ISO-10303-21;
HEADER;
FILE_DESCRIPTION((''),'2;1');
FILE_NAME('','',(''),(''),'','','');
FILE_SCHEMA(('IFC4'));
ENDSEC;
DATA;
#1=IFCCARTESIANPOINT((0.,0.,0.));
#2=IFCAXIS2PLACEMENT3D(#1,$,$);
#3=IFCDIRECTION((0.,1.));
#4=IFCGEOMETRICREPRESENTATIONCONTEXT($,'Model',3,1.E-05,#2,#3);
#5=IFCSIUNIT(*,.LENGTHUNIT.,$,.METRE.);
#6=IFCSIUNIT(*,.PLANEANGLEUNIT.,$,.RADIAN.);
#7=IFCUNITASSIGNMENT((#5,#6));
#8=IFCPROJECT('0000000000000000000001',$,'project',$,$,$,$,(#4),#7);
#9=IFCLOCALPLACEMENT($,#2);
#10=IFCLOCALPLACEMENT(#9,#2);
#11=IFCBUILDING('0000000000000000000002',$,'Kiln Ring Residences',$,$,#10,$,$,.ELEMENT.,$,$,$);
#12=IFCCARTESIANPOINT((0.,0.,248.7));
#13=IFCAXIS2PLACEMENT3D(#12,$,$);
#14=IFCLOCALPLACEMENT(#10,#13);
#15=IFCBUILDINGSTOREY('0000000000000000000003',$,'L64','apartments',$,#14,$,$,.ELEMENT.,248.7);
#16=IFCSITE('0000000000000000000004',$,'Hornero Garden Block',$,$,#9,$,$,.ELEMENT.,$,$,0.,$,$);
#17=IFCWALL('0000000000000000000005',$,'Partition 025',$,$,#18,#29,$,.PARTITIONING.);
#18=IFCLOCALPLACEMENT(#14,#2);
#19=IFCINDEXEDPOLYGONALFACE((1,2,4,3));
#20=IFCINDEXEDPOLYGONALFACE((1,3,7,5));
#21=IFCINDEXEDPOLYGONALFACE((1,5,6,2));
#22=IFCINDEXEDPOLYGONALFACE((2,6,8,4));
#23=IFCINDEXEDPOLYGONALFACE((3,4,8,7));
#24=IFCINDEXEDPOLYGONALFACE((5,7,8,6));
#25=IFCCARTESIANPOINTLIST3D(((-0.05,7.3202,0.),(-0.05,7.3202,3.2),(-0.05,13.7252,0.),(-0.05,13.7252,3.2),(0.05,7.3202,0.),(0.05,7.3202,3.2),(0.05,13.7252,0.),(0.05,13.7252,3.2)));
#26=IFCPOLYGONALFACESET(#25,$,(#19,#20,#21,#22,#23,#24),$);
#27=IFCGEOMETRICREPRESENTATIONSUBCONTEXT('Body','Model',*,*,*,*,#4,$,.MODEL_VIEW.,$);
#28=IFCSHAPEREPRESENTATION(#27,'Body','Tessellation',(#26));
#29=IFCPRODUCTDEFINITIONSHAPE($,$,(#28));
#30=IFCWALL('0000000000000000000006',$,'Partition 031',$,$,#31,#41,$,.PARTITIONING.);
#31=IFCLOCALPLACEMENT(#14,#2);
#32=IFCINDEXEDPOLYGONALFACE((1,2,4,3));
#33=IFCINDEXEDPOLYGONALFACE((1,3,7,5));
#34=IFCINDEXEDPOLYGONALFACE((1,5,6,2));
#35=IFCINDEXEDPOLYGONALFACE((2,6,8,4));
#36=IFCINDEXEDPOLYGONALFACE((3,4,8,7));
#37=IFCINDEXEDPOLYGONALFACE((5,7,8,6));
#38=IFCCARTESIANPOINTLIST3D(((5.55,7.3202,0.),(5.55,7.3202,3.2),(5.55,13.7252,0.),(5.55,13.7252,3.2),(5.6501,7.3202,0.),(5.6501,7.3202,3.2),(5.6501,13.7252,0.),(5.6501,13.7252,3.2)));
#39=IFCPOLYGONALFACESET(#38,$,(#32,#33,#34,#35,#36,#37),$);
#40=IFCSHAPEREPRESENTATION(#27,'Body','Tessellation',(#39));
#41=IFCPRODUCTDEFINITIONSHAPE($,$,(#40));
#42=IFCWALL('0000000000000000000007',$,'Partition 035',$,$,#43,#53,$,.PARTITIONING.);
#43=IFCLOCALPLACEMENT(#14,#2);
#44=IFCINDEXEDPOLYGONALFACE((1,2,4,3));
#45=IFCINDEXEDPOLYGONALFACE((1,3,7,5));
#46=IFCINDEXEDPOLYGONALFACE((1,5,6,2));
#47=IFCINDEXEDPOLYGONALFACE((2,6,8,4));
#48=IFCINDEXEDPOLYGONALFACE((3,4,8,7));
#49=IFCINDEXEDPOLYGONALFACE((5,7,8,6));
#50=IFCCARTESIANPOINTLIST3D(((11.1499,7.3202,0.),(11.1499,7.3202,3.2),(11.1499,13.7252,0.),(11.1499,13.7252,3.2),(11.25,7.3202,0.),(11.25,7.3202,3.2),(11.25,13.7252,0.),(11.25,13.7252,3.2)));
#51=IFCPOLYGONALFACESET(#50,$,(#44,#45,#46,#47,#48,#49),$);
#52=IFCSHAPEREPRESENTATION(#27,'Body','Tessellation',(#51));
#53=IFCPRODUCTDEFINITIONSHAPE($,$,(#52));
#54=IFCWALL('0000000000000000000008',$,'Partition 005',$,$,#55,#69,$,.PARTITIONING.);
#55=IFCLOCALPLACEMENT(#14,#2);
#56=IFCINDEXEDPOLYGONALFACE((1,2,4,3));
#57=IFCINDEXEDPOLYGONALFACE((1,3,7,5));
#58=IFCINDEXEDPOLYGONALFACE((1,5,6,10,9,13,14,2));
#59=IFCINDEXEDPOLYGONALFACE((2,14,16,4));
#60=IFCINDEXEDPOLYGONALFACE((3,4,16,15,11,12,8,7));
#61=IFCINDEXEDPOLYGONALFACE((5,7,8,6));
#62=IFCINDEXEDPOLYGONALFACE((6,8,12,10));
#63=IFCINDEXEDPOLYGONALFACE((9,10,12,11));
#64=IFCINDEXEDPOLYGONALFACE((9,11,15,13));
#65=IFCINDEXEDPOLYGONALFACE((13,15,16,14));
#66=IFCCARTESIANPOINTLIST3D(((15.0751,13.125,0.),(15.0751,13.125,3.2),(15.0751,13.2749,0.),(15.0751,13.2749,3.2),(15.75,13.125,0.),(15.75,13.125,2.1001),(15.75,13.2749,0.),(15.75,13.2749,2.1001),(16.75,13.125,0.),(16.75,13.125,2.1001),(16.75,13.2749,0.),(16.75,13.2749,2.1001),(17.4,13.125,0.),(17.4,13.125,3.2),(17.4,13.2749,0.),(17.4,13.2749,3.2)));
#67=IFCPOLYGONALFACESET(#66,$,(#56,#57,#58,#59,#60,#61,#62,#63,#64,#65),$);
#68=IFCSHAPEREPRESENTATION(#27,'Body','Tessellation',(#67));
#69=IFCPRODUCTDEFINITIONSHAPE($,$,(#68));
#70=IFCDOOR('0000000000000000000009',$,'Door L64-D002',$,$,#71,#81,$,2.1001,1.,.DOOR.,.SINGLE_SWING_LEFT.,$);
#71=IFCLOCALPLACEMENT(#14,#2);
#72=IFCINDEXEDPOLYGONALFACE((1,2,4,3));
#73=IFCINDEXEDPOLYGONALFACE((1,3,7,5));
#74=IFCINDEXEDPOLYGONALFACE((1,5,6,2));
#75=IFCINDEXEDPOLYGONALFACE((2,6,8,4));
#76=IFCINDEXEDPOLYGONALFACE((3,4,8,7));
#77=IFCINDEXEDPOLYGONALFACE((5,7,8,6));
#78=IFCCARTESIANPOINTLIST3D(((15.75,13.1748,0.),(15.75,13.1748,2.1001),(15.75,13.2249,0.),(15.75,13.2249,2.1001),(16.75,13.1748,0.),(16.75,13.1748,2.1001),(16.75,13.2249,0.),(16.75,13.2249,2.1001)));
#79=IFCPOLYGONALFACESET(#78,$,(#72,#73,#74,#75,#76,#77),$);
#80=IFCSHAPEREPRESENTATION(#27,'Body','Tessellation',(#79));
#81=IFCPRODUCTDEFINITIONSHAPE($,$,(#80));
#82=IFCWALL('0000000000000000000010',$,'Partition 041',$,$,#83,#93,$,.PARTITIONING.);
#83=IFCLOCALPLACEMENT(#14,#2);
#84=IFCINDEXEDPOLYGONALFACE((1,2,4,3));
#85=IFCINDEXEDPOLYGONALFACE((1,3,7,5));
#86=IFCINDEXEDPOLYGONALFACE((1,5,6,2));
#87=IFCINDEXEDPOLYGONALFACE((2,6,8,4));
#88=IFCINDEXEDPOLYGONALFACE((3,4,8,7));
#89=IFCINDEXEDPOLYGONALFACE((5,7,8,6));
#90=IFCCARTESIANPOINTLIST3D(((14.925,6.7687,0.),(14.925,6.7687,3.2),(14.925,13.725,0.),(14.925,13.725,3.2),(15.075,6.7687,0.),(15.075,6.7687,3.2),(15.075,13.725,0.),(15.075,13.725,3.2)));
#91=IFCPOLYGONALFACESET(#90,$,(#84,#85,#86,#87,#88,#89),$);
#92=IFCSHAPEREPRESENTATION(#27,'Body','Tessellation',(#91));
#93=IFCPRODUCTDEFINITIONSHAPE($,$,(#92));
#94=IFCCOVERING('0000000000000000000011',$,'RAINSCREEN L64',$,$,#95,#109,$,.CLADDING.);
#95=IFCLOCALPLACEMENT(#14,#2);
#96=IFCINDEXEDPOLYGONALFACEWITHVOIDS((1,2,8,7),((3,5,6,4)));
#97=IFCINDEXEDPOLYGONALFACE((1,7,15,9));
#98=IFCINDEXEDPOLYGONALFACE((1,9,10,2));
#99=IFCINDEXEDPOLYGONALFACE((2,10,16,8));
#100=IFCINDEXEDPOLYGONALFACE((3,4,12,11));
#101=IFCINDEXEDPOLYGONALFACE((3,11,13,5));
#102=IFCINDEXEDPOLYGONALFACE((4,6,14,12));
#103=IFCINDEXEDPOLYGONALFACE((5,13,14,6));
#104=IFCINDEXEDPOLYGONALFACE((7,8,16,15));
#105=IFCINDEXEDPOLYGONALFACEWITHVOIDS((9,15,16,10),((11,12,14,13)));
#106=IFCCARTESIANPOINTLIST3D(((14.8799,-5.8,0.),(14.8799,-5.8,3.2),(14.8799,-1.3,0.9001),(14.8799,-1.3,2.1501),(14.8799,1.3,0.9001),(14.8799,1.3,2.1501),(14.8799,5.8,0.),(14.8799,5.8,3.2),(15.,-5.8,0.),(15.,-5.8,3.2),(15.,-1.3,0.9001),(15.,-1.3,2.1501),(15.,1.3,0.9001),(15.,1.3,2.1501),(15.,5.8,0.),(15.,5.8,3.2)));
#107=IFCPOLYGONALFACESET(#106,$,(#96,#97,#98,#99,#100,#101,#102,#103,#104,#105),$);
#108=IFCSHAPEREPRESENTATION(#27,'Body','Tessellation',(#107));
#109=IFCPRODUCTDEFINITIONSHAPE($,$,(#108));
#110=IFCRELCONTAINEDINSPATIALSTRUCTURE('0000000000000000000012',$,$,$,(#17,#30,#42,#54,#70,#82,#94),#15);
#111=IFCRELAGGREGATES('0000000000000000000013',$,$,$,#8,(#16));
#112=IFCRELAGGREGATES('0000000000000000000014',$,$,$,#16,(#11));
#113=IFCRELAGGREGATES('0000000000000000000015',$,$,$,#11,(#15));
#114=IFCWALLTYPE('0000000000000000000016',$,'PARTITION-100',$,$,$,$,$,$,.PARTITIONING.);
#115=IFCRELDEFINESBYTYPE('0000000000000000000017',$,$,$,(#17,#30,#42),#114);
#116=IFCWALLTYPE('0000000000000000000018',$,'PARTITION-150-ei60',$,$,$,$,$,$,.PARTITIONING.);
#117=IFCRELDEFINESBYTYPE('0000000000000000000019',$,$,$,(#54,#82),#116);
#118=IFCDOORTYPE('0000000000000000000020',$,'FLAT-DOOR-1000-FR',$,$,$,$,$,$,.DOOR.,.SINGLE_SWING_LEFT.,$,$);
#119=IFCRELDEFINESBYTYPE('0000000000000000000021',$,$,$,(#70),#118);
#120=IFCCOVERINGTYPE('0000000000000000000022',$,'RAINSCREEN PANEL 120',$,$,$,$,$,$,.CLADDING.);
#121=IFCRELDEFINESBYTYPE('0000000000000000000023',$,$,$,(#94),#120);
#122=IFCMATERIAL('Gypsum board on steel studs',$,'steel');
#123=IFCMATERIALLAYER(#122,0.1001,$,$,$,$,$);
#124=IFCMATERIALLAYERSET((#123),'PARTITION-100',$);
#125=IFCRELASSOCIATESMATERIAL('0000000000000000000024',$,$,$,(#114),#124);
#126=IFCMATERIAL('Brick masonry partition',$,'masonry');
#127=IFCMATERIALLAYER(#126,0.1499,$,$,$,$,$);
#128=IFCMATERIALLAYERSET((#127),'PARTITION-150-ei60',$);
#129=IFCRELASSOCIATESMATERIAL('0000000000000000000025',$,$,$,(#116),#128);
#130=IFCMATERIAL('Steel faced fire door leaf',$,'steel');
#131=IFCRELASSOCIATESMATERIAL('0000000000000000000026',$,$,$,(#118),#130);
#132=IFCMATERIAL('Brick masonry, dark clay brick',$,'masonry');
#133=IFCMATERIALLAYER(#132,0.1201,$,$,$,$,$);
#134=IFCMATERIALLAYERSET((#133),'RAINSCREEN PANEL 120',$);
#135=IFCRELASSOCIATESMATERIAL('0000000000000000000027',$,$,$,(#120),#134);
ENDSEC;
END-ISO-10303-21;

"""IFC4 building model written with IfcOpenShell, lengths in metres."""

from ifc_helpers import new_model, si_unit, direction, frame, frame_2d, origin, place, context, subcontext, project, spatial, polyline, rectangle, outline, extrude, material, layer, layer_set, type_object, element, fill, save


model = new_model("IFC4")

# Units and contexts
model_context = context("Model", 3, precision=1e-05, world=origin(), true_north=direction((0.0, 1.0)))
body_context = subcontext(model_context, "Body", "Model", "MODEL_VIEW")
ifc_project = project(units=[si_unit("LENGTHUNIT", "METRE"), si_unit("PLANEANGLEUNIT", "RADIAN")], contexts=[model_context])

# Site, building, storey
site_placement = place(None, origin())
site = spatial("IfcSite", under=ifc_project, at=site_placement, Name="Hornero Garden Block", CompositionType="ELEMENT", RefElevation=0.0)
building_placement = place(site_placement, origin())
building = spatial("IfcBuilding", under=site, at=building_placement, Name="Kiln Ring Residences", CompositionType="ELEMENT")
storey_placement = place(building_placement, frame((0.0, 0.0, 248.7)))
storey = spatial("IfcBuildingStorey", under=building, at=storey_placement, Name="L64", Description="apartments", CompositionType="ELEMENT", Elevation=248.7)

# Walls
ifc_material_1 = material(Name="Gypsum board on steel studs", Category="steel")
ifc_layer_1 = layer(ifc_material_1, 0.1001)
ifc_layer_set_1 = layer_set([ifc_layer_1], Name="PARTITION-100")
wall_type_1 = type_object("IfcWallType", Name="PARTITION-100", PredefinedType="PARTITIONING", material=ifc_layer_set_1)
for number, where, z_axis, x_axis, name in (
    (1, (0.0, 7.3201, 0.0), (0.0, 0.0, 1.0), (0.0, 1.0, 0.0), "Partition 025"),
    (2, (5.6001, 7.3201, 0.0), (0.0, 0.0, 1.0), (0.0, 1.0, 0.0), "Partition 031"),
    (3, (11.2, 7.3201, 0.0), (0.0, 0.0, 1.0), (0.0, 1.0, 0.0), "Partition 035"),
):
    element("IfcWall", number, at=place(storey_placement, frame(where, z_axis=z_axis, x_axis=x_axis)), inside=storey, type_object=wall_type_1, Name=name, PredefinedType="PARTITIONING", context=body_context, shape_type="SweptSolid", body=[
        extrude(rectangle(XDim=6.405, YDim=0.1001, at=frame_2d((3.2026, 0.0))), origin(), (0.0, 0.0, 1.0), 3.2),
    ])

# Wall, opening, door
ifc_material_2 = material(Name="Brick masonry partition", Category="masonry")
ifc_layer_2 = layer(ifc_material_2, 0.1499)
ifc_layer_set_2 = layer_set([ifc_layer_2], Name="PARTITION-150-ei60")
wall_type_2 = type_object("IfcWallType", Name="PARTITION-150-ei60", PredefinedType="PARTITIONING", material=ifc_layer_set_2)
wall_1_placement = place(storey_placement, frame((15.075, 13.2, 0.0), z_axis=(0.0, 0.0, 1.0), x_axis=(1.0, 0.0, 0.0)))
wall_1 = element("IfcWall", 4, at=wall_1_placement, inside=storey, type_object=wall_type_2, Name="Partition 005", PredefinedType="PARTITIONING", context=body_context, shape_type="SweptSolid", body=[
    extrude(rectangle(XDim=2.325, YDim=0.1499, at=frame_2d((1.1626, 0.0))), origin(), (0.0, 0.0, 1.0), 3.2),
])
opening_placement = place(wall_1_placement, frame((0.675, 0.0, 0.0)))
opening = element("IfcOpeningElement", 5, at=opening_placement, cuts=wall_1, PredefinedType="OPENING", context=body_context, shape_type="SweptSolid", body=[
    extrude(rectangle(XDim=1.0, YDim=2.1001, at=frame_2d((0.5, 1.05))), frame((0.0, 0.085, 0.0), z_axis=(0.0, -1.0, 0.0), x_axis=(1.0, 0.0, 0.0)), (0.0, 0.0, 1.0), 0.1699),
])
ifc_material_3 = material(Name="Steel faced fire door leaf", Category="steel")
door_type = type_object("IfcDoorType", Name="FLAT-DOOR-1000-FR", OperationType="SINGLE_SWING_LEFT", PredefinedType="DOOR", material=ifc_material_3)
door_placement = place(opening_placement, origin())
door = element("IfcDoor", 6, at=door_placement, inside=storey, type_object=door_type, Name="Door L64-D002", OperationType="SINGLE_SWING_LEFT", OverallHeight=2.1001, OverallWidth=1.0, PredefinedType="DOOR", context=body_context, shape_type="SweptSolid", body=[
    extrude(rectangle(XDim=1.0, YDim=2.1001, at=frame_2d((0.5, 1.05))), frame((0.0, 0.0249, 0.0), z_axis=(0.0, -1.0, 0.0), x_axis=(1.0, 0.0, 0.0)), (0.0, 0.0, 1.0), 0.05),
])
fill(opening, door)

# Wall
wall_2_placement = place(storey_placement, frame((15.0, 6.7688, 0.0), z_axis=(0.0, 0.0, 1.0), x_axis=(0.0, 1.0, 0.0)))
element("IfcWall", 7, at=wall_2_placement, inside=storey, type_object=wall_type_2, Name="Partition 041", PredefinedType="PARTITIONING", context=body_context, shape_type="SweptSolid", body=[
    extrude(rectangle(XDim=6.9563, YDim=0.1499, at=frame_2d((3.478, 0.0))), origin(), (0.0, 0.0, 1.0), 3.2),
])

# Covering
ifc_material_4 = material(Name="Brick masonry, dark clay brick", Category="masonry")
ifc_layer_3 = layer(ifc_material_4, 0.1201)
ifc_layer_set_3 = layer_set([ifc_layer_3], Name="RAINSCREEN PANEL 120")
covering_type = type_object("IfcCoveringType", Name="RAINSCREEN PANEL 120", PredefinedType="CLADDING", material=ifc_layer_set_3)
covering_placement = place(storey_placement, frame((14.9399, 5.8, 0.0), z_axis=(0.0, 0.0, 1.0), x_axis=(0.0, -1.0, 0.0)))
element("IfcCovering", 8, at=covering_placement, inside=storey, type_object=covering_type, Name="RAINSCREEN L64", PredefinedType="CLADDING", context=body_context, shape_type="SweptSolid", body=[
    extrude(outline(polyline([(0.0, 0.0), (11.6001, 0.0), (11.6001, 3.2), (0.0, 3.2), (0.0, 0.0)]), holes=[polyline([(4.5, 2.1501), (4.5, 0.9001), (7.1001, 0.9001), (7.1001, 2.1501), (4.5, 2.1501)])]), frame((0.0, 0.0601, 0.0), z_axis=(0.0, -1.0, 0.0), x_axis=(1.0, 0.0, 0.0)), (0.0, 0.0, 1.0), 0.1201),
])

save(model, "model.ifc")
